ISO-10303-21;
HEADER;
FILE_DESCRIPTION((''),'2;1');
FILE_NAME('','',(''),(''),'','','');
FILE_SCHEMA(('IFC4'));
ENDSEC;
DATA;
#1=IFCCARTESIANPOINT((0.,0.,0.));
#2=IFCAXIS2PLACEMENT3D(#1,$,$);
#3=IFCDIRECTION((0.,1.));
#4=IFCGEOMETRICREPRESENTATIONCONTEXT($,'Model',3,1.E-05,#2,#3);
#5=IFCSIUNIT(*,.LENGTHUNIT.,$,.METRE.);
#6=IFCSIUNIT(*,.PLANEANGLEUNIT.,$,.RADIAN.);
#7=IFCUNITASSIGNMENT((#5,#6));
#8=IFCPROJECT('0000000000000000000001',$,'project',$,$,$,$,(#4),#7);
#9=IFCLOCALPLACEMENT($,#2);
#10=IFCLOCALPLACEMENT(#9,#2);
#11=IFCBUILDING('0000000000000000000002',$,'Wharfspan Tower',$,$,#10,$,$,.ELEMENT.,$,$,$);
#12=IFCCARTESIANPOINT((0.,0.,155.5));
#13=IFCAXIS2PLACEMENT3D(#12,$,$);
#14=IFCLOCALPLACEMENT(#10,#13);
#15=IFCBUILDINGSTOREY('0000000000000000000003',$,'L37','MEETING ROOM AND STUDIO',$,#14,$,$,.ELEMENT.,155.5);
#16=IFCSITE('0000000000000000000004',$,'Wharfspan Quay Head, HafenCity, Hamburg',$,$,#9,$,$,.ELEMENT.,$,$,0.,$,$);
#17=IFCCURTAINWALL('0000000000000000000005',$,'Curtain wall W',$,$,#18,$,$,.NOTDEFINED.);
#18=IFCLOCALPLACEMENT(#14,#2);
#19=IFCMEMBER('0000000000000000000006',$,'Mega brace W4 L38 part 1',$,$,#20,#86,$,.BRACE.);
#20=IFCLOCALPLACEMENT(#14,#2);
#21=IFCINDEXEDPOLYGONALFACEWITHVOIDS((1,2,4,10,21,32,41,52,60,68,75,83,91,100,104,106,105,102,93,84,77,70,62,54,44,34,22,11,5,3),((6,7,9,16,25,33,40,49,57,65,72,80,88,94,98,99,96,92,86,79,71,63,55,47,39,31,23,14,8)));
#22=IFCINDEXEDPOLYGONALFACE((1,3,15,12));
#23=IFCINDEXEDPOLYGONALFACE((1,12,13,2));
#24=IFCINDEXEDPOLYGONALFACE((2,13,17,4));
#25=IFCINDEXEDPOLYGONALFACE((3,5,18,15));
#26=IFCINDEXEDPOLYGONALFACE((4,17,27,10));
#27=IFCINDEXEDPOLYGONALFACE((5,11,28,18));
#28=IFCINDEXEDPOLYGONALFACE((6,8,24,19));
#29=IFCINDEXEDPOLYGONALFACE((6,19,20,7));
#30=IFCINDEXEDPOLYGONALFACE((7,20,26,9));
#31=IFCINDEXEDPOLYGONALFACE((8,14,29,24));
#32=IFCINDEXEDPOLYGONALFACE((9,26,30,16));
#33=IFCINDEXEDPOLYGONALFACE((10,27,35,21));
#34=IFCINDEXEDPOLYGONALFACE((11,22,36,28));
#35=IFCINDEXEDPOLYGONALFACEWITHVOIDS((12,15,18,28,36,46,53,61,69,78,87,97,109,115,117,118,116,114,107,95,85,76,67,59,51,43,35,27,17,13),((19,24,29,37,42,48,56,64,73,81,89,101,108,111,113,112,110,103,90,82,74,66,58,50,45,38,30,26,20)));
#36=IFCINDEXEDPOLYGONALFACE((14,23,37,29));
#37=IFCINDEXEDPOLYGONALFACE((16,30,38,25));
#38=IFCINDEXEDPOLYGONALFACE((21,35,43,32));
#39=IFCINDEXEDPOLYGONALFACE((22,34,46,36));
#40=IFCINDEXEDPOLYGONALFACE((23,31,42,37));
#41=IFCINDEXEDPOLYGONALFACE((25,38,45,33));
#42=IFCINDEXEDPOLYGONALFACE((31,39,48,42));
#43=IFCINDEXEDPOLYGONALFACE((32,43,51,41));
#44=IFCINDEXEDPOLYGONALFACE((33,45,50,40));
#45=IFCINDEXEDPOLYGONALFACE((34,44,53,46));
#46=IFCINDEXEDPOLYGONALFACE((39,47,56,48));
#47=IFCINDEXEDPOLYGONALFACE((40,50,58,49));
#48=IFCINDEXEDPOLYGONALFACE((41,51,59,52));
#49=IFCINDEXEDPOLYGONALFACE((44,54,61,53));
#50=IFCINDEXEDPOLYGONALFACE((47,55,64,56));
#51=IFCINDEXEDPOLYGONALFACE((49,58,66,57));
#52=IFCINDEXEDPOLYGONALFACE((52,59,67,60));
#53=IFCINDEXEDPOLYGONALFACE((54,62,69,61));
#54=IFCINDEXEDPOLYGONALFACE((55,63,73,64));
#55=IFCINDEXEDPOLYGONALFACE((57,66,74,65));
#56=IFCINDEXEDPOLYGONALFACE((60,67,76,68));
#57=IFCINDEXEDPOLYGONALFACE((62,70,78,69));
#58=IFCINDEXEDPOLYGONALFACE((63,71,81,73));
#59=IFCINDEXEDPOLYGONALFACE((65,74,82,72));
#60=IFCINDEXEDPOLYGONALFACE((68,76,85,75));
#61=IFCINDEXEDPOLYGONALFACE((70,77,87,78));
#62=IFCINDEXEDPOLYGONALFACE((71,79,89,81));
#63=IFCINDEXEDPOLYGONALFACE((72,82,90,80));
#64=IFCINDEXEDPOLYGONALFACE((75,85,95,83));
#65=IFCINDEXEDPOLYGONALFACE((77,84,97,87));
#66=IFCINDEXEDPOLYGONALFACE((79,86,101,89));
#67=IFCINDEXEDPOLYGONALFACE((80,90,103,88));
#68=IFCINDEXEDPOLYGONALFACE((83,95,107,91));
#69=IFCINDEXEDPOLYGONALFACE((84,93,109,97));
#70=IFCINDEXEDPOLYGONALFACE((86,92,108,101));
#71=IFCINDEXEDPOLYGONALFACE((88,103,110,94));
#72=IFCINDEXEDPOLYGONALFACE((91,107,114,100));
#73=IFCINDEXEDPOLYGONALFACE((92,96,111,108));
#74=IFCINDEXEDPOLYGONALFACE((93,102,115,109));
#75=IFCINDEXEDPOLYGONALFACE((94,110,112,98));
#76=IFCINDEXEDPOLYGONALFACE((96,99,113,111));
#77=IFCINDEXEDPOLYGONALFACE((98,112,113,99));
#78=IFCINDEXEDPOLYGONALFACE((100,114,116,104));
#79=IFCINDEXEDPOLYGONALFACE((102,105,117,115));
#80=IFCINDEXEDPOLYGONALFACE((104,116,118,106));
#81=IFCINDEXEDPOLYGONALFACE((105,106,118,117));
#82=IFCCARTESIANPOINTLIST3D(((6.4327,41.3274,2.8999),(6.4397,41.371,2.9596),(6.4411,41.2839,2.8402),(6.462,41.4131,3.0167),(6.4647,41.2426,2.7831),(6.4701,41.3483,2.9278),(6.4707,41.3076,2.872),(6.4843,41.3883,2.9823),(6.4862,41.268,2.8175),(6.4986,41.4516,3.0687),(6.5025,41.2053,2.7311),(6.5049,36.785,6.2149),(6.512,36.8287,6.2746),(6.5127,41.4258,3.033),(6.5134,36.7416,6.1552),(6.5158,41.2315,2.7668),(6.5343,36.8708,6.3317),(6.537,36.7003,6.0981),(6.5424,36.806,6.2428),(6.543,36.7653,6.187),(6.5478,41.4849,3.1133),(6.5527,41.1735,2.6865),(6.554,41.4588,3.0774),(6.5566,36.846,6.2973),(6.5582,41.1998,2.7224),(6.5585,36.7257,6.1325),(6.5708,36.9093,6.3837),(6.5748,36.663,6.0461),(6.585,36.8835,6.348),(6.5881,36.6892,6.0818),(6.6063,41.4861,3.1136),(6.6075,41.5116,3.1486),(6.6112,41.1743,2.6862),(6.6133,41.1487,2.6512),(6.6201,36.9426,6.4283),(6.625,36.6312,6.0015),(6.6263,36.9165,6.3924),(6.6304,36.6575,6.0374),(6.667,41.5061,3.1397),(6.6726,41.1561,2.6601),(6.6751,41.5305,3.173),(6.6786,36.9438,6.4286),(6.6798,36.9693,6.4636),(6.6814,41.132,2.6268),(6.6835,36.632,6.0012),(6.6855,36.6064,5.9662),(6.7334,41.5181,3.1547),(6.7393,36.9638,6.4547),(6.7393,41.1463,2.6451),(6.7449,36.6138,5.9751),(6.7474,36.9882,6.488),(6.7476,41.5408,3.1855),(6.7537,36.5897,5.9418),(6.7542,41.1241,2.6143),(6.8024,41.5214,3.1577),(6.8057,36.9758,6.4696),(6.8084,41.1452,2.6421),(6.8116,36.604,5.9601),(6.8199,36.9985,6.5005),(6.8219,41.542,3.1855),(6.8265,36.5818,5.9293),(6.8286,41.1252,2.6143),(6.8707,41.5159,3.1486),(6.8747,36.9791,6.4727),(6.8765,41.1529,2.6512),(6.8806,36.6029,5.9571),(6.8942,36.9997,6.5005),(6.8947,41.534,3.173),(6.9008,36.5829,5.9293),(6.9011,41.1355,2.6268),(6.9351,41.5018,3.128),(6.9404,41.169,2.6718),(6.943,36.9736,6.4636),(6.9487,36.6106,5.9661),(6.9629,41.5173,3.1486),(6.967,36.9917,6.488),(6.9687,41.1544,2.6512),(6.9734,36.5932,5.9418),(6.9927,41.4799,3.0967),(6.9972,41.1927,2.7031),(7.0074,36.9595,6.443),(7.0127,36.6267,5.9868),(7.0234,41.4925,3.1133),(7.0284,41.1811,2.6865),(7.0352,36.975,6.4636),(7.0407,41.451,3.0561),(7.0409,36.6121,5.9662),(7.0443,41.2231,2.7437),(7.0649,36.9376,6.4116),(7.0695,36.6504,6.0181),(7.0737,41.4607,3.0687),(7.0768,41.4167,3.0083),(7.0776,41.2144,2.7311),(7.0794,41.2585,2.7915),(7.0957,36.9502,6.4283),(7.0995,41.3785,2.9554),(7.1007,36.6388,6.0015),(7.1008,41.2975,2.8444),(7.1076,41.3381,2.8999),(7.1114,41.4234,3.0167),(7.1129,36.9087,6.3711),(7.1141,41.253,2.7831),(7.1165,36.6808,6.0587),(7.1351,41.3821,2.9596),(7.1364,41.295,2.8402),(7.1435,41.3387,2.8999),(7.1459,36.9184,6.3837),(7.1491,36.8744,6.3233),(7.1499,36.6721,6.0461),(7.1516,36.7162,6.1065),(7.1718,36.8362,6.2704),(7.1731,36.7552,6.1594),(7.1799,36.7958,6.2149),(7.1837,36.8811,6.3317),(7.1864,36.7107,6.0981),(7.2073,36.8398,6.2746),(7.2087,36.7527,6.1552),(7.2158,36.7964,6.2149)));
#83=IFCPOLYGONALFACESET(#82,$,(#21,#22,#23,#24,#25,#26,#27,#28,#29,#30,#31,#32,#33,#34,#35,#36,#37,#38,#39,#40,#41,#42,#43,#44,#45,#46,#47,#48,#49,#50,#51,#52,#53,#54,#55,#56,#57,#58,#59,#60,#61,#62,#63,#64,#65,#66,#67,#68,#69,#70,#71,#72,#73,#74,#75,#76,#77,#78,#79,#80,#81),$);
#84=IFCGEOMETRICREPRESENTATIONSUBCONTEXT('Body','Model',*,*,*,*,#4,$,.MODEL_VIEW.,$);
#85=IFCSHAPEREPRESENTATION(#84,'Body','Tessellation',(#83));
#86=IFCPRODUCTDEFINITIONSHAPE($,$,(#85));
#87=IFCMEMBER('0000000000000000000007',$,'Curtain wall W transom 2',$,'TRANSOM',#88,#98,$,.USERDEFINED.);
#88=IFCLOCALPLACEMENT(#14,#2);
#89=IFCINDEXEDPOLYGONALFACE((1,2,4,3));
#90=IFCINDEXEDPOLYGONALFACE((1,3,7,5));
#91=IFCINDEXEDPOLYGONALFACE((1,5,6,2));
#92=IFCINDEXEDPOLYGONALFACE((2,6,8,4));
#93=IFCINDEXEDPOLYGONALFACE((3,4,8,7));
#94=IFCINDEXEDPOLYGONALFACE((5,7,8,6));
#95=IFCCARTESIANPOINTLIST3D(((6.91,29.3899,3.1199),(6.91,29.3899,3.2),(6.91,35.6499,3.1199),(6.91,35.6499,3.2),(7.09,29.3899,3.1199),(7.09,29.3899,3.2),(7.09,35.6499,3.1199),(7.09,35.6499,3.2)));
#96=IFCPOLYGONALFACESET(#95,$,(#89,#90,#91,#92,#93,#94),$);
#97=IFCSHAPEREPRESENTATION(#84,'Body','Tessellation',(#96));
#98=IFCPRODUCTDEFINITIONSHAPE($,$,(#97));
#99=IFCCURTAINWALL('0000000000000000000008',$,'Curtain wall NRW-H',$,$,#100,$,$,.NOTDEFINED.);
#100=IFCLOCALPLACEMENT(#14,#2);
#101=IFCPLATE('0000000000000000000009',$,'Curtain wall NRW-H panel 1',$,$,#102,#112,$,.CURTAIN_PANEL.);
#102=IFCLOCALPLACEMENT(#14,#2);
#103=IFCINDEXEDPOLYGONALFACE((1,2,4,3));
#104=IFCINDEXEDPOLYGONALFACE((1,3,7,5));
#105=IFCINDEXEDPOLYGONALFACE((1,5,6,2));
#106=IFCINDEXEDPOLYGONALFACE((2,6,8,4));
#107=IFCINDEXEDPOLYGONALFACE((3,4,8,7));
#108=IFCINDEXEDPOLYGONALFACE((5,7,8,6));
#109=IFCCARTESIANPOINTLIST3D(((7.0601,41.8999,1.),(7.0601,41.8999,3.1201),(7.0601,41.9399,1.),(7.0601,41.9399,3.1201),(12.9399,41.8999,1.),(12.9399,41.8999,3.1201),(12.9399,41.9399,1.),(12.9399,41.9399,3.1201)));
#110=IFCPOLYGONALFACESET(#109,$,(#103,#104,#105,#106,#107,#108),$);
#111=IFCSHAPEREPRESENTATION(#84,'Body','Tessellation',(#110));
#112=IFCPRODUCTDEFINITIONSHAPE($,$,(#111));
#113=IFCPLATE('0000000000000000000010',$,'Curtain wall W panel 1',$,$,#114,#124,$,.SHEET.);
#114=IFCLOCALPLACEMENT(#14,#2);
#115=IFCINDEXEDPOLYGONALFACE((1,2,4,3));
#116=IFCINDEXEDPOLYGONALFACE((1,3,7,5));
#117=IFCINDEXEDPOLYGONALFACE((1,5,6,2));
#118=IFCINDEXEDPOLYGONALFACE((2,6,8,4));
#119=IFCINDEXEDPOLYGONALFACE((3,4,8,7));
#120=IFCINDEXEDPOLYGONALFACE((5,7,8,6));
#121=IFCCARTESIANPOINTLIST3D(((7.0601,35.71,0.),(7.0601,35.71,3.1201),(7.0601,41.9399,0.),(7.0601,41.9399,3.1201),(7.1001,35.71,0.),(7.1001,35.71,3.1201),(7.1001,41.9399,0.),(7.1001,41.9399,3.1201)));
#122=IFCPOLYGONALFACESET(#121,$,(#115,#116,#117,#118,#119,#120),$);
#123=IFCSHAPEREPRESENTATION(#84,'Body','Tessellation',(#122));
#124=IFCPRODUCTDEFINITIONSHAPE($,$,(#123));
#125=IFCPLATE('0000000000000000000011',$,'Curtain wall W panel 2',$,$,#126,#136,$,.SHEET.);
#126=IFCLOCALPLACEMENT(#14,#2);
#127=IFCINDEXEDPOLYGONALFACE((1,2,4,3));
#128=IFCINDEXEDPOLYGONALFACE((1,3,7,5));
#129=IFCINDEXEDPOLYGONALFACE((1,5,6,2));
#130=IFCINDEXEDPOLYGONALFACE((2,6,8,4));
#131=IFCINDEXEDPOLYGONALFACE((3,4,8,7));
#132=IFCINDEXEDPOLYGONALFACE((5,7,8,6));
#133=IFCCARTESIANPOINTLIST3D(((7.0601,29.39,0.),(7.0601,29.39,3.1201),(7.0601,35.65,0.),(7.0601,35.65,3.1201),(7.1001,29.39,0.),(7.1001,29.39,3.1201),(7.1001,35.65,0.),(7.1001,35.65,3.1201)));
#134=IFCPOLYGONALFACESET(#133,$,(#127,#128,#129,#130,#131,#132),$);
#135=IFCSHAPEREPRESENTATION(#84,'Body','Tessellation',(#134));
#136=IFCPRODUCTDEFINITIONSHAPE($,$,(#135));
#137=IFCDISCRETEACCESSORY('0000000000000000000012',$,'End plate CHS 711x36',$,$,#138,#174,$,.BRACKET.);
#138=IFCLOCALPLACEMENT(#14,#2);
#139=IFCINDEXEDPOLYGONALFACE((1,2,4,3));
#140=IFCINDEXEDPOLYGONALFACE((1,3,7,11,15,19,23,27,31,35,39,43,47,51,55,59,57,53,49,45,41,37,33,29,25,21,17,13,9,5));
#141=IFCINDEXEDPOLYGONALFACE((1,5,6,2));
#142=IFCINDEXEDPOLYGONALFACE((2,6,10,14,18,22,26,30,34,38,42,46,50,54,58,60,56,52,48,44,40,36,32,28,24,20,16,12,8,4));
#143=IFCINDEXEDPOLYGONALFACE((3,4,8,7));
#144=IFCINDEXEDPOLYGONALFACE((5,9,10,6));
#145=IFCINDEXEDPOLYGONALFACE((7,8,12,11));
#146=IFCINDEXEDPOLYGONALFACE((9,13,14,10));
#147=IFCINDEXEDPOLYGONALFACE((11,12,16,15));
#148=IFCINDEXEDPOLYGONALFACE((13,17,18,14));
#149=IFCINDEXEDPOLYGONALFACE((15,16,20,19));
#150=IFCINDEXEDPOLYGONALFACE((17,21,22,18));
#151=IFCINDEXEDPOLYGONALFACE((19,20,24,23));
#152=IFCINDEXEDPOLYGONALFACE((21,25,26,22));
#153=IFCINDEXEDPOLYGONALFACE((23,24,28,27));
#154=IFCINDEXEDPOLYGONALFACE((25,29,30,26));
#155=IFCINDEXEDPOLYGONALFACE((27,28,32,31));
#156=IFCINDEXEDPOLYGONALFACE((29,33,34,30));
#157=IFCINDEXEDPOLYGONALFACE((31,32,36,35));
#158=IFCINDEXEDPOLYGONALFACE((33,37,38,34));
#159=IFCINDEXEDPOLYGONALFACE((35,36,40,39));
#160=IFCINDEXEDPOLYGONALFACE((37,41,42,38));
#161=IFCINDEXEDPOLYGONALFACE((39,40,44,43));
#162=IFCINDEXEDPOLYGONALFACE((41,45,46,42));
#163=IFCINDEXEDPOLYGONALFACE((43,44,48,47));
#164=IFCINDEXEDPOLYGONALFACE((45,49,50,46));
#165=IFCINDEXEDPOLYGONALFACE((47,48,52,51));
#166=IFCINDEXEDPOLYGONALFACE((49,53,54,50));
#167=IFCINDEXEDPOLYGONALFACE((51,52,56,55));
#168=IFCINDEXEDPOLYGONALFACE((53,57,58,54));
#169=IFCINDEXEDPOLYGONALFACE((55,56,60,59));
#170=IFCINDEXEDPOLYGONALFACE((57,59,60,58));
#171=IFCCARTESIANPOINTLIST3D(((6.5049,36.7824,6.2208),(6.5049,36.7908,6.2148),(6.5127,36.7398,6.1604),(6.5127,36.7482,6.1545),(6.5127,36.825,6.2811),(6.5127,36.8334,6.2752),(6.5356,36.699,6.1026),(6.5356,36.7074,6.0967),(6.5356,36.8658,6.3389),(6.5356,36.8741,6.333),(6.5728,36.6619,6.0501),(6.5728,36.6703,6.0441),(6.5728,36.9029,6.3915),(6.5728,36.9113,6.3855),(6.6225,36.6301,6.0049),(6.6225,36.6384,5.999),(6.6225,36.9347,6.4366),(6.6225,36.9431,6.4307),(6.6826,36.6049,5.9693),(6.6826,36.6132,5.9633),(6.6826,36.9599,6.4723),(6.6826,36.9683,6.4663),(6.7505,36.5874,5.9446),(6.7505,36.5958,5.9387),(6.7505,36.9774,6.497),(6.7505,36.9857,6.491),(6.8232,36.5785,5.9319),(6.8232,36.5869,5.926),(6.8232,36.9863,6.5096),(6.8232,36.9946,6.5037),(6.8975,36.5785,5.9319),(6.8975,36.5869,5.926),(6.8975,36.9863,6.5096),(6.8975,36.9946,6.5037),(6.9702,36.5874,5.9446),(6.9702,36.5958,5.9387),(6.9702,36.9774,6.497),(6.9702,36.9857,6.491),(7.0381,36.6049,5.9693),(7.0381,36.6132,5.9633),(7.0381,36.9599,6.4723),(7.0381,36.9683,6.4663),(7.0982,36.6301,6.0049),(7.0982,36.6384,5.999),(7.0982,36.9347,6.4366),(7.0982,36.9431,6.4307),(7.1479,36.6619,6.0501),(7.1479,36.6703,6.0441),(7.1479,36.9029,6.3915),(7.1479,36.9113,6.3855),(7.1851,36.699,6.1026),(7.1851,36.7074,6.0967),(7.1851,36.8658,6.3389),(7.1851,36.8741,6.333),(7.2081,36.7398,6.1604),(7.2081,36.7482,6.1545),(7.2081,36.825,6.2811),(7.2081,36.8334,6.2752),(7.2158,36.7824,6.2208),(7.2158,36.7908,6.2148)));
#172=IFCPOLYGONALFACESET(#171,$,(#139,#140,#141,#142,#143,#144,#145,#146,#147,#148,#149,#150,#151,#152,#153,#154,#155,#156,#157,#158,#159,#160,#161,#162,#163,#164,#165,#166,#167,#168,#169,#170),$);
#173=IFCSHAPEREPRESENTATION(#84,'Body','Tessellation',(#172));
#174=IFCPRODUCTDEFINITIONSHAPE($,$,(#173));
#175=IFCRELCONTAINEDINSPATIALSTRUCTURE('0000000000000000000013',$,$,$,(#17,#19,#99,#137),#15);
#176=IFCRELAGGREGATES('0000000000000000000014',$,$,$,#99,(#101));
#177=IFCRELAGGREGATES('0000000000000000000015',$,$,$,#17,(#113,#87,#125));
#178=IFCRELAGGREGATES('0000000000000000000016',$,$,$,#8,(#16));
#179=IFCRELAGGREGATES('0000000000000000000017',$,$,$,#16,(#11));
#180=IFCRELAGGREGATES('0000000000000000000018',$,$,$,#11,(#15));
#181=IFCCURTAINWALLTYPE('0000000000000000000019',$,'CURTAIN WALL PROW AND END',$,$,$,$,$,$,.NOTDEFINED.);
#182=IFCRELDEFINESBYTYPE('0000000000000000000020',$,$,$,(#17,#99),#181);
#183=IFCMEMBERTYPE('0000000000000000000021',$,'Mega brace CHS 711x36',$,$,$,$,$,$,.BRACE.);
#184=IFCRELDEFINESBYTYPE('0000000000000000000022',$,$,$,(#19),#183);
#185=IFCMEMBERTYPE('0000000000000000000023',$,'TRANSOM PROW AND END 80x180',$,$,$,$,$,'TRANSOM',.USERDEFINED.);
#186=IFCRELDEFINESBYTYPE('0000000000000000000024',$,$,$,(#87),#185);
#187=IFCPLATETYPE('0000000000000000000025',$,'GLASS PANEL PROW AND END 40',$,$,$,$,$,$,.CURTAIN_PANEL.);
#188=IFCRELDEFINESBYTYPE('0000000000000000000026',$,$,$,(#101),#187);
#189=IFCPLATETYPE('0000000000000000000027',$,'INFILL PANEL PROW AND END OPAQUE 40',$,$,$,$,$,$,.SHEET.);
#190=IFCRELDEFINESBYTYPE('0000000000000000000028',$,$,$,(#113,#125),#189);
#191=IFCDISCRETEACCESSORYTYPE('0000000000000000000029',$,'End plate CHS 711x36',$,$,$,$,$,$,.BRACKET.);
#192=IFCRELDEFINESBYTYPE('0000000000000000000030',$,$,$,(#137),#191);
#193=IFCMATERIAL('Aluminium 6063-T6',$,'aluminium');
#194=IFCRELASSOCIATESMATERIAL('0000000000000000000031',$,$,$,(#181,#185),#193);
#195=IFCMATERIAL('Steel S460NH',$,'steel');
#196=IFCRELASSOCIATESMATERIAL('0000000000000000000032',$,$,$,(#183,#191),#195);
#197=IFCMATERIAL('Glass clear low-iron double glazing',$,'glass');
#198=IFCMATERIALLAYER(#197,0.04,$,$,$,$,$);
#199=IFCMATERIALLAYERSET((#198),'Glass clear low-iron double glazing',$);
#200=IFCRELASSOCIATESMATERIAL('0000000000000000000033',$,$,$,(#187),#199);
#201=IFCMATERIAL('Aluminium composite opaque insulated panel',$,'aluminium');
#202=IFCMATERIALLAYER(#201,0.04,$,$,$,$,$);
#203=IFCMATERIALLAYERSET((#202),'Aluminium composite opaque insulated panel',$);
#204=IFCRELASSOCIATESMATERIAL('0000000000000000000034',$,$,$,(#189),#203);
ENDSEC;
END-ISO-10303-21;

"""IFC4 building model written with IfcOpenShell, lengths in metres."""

from ifc_helpers import new_model, si_unit, direction, frame, origin, origin_2d, place, context, subcontext, project, spatial, rectangle, circle, hollow_circle, extrude, material, layer, layer_set, material_profile, profile_set, type_object, element, aggregate, save


model = new_model("IFC4")

# Units and contexts
model_context = context("Model", 3, precision=1e-05, world=origin(), true_north=direction((0.0, 1.0)))
body_context = subcontext(model_context, "Body", "Model", "MODEL_VIEW")
ifc_project = project(units=[si_unit("LENGTHUNIT", "METRE"), si_unit("PLANEANGLEUNIT", "RADIAN")], contexts=[model_context])

# Site, building, storey
site_placement = place(None, origin())
site = spatial("IfcSite", under=ifc_project, at=site_placement, Name="Wharfspan Quay Head, HafenCity, Hamburg", CompositionType="ELEMENT", RefElevation=0.0)
building_placement = place(site_placement, origin())
building = spatial("IfcBuilding", under=site, at=building_placement, Name="Wharfspan Tower", CompositionType="ELEMENT")
storey_placement = place(building_placement, frame((0.0, 0.0, 155.5)))
storey = spatial("IfcBuildingStorey", under=building, at=storey_placement, Name="L37", Description="MEETING ROOM AND STUDIO", CompositionType="ELEMENT", Elevation=155.5)

# Curtain wall
ifc_material_1 = material(Name="Aluminium 6063-T6", Category="aluminium")
curtain_wall_type = type_object("IfcCurtainWallType", Name="CURTAIN WALL PROW AND END", PredefinedType="NOTDEFINED", material=ifc_material_1)
curtain_wall_1_placement = place(storey_placement, origin())
curtain_wall_1 = element("IfcCurtainWall", 1, at=curtain_wall_1_placement, inside=storey, type_object=curtain_wall_type, Name="Curtain wall W", PredefinedType="NOTDEFINED")

# Members
ifc_material_2 = material(Name="Steel S460NH", Category="steel")
ifc_material_profile_1 = material_profile(ifc_material_2, hollow_circle(Radius=0.3555, WallThickness=0.0359, at=origin_2d()))
ifc_profile_set_1 = profile_set([ifc_material_profile_1], Name="Steel S460NH")
member_type_1 = type_object("IfcMemberType", Name="Mega brace CHS 711x36", PredefinedType="BRACE", material=ifc_profile_set_1)
member_1_placement = place(storey_placement, frame((6.7881, 41.333, 2.8999), z_axis=(0.01285, -0.807696, 0.589459), x_axis=(0.999875, 0.015906, -0.000002)))
element("IfcMember", 2, at=member_1_placement, inside=storey, type_object=member_type_1, Name="Mega brace W4 L38 part 1", PredefinedType="BRACE", context=body_context, shape_type="SweptSolid", body=[
    extrude(hollow_circle(Radius=0.3555, WallThickness=0.0359, at=origin_2d()), origin(), (0.0, 0.0, 1.0), 5.6238),
])
ifc_material_profile_2 = material_profile(ifc_material_1, rectangle(XDim=0.1799, YDim=0.0801, at=origin_2d()))
ifc_profile_set_2 = profile_set([ifc_material_profile_2], Name="Aluminium 6063-T6")
member_type_2 = type_object("IfcMemberType", Name="TRANSOM PROW AND END 80x180", ElementType="TRANSOM", PredefinedType="USERDEFINED", material=ifc_profile_set_2)
member_2_placement = place(storey_placement, frame((7.0, 35.6499, 3.1599), z_axis=(0.0, -1.0, 0.0), x_axis=(1.0, 0.0, 0.0)))
member_2 = element("IfcMember", 3, at=member_2_placement, type_object=member_type_2, Name="Curtain wall W transom 2", ObjectType="TRANSOM", PredefinedType="USERDEFINED", context=body_context, shape_type="SweptSolid", body=[
    extrude(rectangle(XDim=0.1799, YDim=0.0801, at=origin_2d()), origin(), (0.0, 0.0, 1.0), 6.26),
])

# Curtain wall, plate
curtain_wall_2_placement = place(storey_placement, origin())
curtain_wall_2 = element("IfcCurtainWall", 4, at=curtain_wall_2_placement, inside=storey, type_object=curtain_wall_type, Name="Curtain wall NRW-H", PredefinedType="NOTDEFINED")
ifc_material_3 = material(Name="Glass clear low-iron double glazing", Category="glass")
ifc_layer_1 = layer(ifc_material_3, 0.04)
ifc_layer_set_1 = layer_set([ifc_layer_1], Name="Glass clear low-iron double glazing")
plate_type_1 = type_object("IfcPlateType", Name="GLASS PANEL PROW AND END 40", PredefinedType="CURTAIN_PANEL", material=ifc_layer_set_1)
plate_1_placement = place(storey_placement, frame((10.0, 41.9199, 1.0), z_axis=(0.0, 0.0, 1.0), x_axis=(-1.0, 0.0, 0.0)))
plate_1 = element("IfcPlate", 5, at=plate_1_placement, type_object=plate_type_1, Name="Curtain wall NRW-H panel 1", PredefinedType="CURTAIN_PANEL", context=body_context, shape_type="SweptSolid", body=[
    extrude(rectangle(XDim=5.8799, YDim=0.04, at=origin_2d()), origin(), (0.0, 0.0, 1.0), 2.1201),
])
aggregate(curtain_wall_2, [plate_1])

# Plates
ifc_material_4 = material(Name="Aluminium composite opaque insulated panel", Category="aluminium")
ifc_layer_2 = layer(ifc_material_4, 0.04)
ifc_layer_set_2 = layer_set([ifc_layer_2], Name="Aluminium composite opaque insulated panel")
plate_type_2 = type_object("IfcPlateType", Name="INFILL PANEL PROW AND END OPAQUE 40", PredefinedType="SHEET", material=ifc_layer_set_2)
plate_2_placement = place(storey_placement, frame((7.0801, 38.825, 0.0), z_axis=(0.0, 0.0, 1.0), x_axis=(0.0, -1.0, 0.0)))
plate_2 = element("IfcPlate", 6, at=plate_2_placement, type_object=plate_type_2, Name="Curtain wall W panel 1", PredefinedType="SHEET", context=body_context, shape_type="SweptSolid", body=[
    extrude(rectangle(XDim=6.23, YDim=0.04, at=origin_2d()), origin(), (0.0, 0.0, 1.0), 3.1201),
])
plate_3_placement = place(storey_placement, frame((7.0801, 32.52, 0.0), z_axis=(0.0, 0.0, 1.0), x_axis=(0.0, -1.0, 0.0)))
plate_3 = element("IfcPlate", 7, at=plate_3_placement, type_object=plate_type_2, Name="Curtain wall W panel 2", PredefinedType="SHEET", context=body_context, shape_type="SweptSolid", body=[
    extrude(rectangle(XDim=6.26, YDim=0.04, at=origin_2d()), origin(), (0.0, 0.0, 1.0), 3.1201),
])
aggregate(curtain_wall_1, [plate_2, member_2, plate_3])

# Discrete accessory
ifc_material_profile_3 = material_profile(ifc_material_2, circle(Radius=0.3555, at=origin_2d()))
ifc_profile_set_3 = profile_set([ifc_material_profile_3], Name="Steel S460NH")
discrete_accessory_type = type_object("IfcDiscreteAccessoryType", Name="End plate CHS 711x36", PredefinedType="BRACKET", material=ifc_profile_set_3)
discrete_accessory_1_placement = place(storey_placement, frame((6.8604, 36.7908, 6.2148), z_axis=(0.0, -0.816968, 0.576683), x_axis=(1.0, 0.0, 0.0)))
element("IfcDiscreteAccessory", 8, at=discrete_accessory_1_placement, inside=storey, type_object=discrete_accessory_type, Name="End plate CHS 711x36", PredefinedType="BRACKET", context=body_context, shape_type="SweptSolid", body=[
    extrude(circle(Radius=0.3555, at=origin_2d()), origin(), (0.0, 0.0, 1.0), 0.0103),
])

save(model, "model.ifc")
